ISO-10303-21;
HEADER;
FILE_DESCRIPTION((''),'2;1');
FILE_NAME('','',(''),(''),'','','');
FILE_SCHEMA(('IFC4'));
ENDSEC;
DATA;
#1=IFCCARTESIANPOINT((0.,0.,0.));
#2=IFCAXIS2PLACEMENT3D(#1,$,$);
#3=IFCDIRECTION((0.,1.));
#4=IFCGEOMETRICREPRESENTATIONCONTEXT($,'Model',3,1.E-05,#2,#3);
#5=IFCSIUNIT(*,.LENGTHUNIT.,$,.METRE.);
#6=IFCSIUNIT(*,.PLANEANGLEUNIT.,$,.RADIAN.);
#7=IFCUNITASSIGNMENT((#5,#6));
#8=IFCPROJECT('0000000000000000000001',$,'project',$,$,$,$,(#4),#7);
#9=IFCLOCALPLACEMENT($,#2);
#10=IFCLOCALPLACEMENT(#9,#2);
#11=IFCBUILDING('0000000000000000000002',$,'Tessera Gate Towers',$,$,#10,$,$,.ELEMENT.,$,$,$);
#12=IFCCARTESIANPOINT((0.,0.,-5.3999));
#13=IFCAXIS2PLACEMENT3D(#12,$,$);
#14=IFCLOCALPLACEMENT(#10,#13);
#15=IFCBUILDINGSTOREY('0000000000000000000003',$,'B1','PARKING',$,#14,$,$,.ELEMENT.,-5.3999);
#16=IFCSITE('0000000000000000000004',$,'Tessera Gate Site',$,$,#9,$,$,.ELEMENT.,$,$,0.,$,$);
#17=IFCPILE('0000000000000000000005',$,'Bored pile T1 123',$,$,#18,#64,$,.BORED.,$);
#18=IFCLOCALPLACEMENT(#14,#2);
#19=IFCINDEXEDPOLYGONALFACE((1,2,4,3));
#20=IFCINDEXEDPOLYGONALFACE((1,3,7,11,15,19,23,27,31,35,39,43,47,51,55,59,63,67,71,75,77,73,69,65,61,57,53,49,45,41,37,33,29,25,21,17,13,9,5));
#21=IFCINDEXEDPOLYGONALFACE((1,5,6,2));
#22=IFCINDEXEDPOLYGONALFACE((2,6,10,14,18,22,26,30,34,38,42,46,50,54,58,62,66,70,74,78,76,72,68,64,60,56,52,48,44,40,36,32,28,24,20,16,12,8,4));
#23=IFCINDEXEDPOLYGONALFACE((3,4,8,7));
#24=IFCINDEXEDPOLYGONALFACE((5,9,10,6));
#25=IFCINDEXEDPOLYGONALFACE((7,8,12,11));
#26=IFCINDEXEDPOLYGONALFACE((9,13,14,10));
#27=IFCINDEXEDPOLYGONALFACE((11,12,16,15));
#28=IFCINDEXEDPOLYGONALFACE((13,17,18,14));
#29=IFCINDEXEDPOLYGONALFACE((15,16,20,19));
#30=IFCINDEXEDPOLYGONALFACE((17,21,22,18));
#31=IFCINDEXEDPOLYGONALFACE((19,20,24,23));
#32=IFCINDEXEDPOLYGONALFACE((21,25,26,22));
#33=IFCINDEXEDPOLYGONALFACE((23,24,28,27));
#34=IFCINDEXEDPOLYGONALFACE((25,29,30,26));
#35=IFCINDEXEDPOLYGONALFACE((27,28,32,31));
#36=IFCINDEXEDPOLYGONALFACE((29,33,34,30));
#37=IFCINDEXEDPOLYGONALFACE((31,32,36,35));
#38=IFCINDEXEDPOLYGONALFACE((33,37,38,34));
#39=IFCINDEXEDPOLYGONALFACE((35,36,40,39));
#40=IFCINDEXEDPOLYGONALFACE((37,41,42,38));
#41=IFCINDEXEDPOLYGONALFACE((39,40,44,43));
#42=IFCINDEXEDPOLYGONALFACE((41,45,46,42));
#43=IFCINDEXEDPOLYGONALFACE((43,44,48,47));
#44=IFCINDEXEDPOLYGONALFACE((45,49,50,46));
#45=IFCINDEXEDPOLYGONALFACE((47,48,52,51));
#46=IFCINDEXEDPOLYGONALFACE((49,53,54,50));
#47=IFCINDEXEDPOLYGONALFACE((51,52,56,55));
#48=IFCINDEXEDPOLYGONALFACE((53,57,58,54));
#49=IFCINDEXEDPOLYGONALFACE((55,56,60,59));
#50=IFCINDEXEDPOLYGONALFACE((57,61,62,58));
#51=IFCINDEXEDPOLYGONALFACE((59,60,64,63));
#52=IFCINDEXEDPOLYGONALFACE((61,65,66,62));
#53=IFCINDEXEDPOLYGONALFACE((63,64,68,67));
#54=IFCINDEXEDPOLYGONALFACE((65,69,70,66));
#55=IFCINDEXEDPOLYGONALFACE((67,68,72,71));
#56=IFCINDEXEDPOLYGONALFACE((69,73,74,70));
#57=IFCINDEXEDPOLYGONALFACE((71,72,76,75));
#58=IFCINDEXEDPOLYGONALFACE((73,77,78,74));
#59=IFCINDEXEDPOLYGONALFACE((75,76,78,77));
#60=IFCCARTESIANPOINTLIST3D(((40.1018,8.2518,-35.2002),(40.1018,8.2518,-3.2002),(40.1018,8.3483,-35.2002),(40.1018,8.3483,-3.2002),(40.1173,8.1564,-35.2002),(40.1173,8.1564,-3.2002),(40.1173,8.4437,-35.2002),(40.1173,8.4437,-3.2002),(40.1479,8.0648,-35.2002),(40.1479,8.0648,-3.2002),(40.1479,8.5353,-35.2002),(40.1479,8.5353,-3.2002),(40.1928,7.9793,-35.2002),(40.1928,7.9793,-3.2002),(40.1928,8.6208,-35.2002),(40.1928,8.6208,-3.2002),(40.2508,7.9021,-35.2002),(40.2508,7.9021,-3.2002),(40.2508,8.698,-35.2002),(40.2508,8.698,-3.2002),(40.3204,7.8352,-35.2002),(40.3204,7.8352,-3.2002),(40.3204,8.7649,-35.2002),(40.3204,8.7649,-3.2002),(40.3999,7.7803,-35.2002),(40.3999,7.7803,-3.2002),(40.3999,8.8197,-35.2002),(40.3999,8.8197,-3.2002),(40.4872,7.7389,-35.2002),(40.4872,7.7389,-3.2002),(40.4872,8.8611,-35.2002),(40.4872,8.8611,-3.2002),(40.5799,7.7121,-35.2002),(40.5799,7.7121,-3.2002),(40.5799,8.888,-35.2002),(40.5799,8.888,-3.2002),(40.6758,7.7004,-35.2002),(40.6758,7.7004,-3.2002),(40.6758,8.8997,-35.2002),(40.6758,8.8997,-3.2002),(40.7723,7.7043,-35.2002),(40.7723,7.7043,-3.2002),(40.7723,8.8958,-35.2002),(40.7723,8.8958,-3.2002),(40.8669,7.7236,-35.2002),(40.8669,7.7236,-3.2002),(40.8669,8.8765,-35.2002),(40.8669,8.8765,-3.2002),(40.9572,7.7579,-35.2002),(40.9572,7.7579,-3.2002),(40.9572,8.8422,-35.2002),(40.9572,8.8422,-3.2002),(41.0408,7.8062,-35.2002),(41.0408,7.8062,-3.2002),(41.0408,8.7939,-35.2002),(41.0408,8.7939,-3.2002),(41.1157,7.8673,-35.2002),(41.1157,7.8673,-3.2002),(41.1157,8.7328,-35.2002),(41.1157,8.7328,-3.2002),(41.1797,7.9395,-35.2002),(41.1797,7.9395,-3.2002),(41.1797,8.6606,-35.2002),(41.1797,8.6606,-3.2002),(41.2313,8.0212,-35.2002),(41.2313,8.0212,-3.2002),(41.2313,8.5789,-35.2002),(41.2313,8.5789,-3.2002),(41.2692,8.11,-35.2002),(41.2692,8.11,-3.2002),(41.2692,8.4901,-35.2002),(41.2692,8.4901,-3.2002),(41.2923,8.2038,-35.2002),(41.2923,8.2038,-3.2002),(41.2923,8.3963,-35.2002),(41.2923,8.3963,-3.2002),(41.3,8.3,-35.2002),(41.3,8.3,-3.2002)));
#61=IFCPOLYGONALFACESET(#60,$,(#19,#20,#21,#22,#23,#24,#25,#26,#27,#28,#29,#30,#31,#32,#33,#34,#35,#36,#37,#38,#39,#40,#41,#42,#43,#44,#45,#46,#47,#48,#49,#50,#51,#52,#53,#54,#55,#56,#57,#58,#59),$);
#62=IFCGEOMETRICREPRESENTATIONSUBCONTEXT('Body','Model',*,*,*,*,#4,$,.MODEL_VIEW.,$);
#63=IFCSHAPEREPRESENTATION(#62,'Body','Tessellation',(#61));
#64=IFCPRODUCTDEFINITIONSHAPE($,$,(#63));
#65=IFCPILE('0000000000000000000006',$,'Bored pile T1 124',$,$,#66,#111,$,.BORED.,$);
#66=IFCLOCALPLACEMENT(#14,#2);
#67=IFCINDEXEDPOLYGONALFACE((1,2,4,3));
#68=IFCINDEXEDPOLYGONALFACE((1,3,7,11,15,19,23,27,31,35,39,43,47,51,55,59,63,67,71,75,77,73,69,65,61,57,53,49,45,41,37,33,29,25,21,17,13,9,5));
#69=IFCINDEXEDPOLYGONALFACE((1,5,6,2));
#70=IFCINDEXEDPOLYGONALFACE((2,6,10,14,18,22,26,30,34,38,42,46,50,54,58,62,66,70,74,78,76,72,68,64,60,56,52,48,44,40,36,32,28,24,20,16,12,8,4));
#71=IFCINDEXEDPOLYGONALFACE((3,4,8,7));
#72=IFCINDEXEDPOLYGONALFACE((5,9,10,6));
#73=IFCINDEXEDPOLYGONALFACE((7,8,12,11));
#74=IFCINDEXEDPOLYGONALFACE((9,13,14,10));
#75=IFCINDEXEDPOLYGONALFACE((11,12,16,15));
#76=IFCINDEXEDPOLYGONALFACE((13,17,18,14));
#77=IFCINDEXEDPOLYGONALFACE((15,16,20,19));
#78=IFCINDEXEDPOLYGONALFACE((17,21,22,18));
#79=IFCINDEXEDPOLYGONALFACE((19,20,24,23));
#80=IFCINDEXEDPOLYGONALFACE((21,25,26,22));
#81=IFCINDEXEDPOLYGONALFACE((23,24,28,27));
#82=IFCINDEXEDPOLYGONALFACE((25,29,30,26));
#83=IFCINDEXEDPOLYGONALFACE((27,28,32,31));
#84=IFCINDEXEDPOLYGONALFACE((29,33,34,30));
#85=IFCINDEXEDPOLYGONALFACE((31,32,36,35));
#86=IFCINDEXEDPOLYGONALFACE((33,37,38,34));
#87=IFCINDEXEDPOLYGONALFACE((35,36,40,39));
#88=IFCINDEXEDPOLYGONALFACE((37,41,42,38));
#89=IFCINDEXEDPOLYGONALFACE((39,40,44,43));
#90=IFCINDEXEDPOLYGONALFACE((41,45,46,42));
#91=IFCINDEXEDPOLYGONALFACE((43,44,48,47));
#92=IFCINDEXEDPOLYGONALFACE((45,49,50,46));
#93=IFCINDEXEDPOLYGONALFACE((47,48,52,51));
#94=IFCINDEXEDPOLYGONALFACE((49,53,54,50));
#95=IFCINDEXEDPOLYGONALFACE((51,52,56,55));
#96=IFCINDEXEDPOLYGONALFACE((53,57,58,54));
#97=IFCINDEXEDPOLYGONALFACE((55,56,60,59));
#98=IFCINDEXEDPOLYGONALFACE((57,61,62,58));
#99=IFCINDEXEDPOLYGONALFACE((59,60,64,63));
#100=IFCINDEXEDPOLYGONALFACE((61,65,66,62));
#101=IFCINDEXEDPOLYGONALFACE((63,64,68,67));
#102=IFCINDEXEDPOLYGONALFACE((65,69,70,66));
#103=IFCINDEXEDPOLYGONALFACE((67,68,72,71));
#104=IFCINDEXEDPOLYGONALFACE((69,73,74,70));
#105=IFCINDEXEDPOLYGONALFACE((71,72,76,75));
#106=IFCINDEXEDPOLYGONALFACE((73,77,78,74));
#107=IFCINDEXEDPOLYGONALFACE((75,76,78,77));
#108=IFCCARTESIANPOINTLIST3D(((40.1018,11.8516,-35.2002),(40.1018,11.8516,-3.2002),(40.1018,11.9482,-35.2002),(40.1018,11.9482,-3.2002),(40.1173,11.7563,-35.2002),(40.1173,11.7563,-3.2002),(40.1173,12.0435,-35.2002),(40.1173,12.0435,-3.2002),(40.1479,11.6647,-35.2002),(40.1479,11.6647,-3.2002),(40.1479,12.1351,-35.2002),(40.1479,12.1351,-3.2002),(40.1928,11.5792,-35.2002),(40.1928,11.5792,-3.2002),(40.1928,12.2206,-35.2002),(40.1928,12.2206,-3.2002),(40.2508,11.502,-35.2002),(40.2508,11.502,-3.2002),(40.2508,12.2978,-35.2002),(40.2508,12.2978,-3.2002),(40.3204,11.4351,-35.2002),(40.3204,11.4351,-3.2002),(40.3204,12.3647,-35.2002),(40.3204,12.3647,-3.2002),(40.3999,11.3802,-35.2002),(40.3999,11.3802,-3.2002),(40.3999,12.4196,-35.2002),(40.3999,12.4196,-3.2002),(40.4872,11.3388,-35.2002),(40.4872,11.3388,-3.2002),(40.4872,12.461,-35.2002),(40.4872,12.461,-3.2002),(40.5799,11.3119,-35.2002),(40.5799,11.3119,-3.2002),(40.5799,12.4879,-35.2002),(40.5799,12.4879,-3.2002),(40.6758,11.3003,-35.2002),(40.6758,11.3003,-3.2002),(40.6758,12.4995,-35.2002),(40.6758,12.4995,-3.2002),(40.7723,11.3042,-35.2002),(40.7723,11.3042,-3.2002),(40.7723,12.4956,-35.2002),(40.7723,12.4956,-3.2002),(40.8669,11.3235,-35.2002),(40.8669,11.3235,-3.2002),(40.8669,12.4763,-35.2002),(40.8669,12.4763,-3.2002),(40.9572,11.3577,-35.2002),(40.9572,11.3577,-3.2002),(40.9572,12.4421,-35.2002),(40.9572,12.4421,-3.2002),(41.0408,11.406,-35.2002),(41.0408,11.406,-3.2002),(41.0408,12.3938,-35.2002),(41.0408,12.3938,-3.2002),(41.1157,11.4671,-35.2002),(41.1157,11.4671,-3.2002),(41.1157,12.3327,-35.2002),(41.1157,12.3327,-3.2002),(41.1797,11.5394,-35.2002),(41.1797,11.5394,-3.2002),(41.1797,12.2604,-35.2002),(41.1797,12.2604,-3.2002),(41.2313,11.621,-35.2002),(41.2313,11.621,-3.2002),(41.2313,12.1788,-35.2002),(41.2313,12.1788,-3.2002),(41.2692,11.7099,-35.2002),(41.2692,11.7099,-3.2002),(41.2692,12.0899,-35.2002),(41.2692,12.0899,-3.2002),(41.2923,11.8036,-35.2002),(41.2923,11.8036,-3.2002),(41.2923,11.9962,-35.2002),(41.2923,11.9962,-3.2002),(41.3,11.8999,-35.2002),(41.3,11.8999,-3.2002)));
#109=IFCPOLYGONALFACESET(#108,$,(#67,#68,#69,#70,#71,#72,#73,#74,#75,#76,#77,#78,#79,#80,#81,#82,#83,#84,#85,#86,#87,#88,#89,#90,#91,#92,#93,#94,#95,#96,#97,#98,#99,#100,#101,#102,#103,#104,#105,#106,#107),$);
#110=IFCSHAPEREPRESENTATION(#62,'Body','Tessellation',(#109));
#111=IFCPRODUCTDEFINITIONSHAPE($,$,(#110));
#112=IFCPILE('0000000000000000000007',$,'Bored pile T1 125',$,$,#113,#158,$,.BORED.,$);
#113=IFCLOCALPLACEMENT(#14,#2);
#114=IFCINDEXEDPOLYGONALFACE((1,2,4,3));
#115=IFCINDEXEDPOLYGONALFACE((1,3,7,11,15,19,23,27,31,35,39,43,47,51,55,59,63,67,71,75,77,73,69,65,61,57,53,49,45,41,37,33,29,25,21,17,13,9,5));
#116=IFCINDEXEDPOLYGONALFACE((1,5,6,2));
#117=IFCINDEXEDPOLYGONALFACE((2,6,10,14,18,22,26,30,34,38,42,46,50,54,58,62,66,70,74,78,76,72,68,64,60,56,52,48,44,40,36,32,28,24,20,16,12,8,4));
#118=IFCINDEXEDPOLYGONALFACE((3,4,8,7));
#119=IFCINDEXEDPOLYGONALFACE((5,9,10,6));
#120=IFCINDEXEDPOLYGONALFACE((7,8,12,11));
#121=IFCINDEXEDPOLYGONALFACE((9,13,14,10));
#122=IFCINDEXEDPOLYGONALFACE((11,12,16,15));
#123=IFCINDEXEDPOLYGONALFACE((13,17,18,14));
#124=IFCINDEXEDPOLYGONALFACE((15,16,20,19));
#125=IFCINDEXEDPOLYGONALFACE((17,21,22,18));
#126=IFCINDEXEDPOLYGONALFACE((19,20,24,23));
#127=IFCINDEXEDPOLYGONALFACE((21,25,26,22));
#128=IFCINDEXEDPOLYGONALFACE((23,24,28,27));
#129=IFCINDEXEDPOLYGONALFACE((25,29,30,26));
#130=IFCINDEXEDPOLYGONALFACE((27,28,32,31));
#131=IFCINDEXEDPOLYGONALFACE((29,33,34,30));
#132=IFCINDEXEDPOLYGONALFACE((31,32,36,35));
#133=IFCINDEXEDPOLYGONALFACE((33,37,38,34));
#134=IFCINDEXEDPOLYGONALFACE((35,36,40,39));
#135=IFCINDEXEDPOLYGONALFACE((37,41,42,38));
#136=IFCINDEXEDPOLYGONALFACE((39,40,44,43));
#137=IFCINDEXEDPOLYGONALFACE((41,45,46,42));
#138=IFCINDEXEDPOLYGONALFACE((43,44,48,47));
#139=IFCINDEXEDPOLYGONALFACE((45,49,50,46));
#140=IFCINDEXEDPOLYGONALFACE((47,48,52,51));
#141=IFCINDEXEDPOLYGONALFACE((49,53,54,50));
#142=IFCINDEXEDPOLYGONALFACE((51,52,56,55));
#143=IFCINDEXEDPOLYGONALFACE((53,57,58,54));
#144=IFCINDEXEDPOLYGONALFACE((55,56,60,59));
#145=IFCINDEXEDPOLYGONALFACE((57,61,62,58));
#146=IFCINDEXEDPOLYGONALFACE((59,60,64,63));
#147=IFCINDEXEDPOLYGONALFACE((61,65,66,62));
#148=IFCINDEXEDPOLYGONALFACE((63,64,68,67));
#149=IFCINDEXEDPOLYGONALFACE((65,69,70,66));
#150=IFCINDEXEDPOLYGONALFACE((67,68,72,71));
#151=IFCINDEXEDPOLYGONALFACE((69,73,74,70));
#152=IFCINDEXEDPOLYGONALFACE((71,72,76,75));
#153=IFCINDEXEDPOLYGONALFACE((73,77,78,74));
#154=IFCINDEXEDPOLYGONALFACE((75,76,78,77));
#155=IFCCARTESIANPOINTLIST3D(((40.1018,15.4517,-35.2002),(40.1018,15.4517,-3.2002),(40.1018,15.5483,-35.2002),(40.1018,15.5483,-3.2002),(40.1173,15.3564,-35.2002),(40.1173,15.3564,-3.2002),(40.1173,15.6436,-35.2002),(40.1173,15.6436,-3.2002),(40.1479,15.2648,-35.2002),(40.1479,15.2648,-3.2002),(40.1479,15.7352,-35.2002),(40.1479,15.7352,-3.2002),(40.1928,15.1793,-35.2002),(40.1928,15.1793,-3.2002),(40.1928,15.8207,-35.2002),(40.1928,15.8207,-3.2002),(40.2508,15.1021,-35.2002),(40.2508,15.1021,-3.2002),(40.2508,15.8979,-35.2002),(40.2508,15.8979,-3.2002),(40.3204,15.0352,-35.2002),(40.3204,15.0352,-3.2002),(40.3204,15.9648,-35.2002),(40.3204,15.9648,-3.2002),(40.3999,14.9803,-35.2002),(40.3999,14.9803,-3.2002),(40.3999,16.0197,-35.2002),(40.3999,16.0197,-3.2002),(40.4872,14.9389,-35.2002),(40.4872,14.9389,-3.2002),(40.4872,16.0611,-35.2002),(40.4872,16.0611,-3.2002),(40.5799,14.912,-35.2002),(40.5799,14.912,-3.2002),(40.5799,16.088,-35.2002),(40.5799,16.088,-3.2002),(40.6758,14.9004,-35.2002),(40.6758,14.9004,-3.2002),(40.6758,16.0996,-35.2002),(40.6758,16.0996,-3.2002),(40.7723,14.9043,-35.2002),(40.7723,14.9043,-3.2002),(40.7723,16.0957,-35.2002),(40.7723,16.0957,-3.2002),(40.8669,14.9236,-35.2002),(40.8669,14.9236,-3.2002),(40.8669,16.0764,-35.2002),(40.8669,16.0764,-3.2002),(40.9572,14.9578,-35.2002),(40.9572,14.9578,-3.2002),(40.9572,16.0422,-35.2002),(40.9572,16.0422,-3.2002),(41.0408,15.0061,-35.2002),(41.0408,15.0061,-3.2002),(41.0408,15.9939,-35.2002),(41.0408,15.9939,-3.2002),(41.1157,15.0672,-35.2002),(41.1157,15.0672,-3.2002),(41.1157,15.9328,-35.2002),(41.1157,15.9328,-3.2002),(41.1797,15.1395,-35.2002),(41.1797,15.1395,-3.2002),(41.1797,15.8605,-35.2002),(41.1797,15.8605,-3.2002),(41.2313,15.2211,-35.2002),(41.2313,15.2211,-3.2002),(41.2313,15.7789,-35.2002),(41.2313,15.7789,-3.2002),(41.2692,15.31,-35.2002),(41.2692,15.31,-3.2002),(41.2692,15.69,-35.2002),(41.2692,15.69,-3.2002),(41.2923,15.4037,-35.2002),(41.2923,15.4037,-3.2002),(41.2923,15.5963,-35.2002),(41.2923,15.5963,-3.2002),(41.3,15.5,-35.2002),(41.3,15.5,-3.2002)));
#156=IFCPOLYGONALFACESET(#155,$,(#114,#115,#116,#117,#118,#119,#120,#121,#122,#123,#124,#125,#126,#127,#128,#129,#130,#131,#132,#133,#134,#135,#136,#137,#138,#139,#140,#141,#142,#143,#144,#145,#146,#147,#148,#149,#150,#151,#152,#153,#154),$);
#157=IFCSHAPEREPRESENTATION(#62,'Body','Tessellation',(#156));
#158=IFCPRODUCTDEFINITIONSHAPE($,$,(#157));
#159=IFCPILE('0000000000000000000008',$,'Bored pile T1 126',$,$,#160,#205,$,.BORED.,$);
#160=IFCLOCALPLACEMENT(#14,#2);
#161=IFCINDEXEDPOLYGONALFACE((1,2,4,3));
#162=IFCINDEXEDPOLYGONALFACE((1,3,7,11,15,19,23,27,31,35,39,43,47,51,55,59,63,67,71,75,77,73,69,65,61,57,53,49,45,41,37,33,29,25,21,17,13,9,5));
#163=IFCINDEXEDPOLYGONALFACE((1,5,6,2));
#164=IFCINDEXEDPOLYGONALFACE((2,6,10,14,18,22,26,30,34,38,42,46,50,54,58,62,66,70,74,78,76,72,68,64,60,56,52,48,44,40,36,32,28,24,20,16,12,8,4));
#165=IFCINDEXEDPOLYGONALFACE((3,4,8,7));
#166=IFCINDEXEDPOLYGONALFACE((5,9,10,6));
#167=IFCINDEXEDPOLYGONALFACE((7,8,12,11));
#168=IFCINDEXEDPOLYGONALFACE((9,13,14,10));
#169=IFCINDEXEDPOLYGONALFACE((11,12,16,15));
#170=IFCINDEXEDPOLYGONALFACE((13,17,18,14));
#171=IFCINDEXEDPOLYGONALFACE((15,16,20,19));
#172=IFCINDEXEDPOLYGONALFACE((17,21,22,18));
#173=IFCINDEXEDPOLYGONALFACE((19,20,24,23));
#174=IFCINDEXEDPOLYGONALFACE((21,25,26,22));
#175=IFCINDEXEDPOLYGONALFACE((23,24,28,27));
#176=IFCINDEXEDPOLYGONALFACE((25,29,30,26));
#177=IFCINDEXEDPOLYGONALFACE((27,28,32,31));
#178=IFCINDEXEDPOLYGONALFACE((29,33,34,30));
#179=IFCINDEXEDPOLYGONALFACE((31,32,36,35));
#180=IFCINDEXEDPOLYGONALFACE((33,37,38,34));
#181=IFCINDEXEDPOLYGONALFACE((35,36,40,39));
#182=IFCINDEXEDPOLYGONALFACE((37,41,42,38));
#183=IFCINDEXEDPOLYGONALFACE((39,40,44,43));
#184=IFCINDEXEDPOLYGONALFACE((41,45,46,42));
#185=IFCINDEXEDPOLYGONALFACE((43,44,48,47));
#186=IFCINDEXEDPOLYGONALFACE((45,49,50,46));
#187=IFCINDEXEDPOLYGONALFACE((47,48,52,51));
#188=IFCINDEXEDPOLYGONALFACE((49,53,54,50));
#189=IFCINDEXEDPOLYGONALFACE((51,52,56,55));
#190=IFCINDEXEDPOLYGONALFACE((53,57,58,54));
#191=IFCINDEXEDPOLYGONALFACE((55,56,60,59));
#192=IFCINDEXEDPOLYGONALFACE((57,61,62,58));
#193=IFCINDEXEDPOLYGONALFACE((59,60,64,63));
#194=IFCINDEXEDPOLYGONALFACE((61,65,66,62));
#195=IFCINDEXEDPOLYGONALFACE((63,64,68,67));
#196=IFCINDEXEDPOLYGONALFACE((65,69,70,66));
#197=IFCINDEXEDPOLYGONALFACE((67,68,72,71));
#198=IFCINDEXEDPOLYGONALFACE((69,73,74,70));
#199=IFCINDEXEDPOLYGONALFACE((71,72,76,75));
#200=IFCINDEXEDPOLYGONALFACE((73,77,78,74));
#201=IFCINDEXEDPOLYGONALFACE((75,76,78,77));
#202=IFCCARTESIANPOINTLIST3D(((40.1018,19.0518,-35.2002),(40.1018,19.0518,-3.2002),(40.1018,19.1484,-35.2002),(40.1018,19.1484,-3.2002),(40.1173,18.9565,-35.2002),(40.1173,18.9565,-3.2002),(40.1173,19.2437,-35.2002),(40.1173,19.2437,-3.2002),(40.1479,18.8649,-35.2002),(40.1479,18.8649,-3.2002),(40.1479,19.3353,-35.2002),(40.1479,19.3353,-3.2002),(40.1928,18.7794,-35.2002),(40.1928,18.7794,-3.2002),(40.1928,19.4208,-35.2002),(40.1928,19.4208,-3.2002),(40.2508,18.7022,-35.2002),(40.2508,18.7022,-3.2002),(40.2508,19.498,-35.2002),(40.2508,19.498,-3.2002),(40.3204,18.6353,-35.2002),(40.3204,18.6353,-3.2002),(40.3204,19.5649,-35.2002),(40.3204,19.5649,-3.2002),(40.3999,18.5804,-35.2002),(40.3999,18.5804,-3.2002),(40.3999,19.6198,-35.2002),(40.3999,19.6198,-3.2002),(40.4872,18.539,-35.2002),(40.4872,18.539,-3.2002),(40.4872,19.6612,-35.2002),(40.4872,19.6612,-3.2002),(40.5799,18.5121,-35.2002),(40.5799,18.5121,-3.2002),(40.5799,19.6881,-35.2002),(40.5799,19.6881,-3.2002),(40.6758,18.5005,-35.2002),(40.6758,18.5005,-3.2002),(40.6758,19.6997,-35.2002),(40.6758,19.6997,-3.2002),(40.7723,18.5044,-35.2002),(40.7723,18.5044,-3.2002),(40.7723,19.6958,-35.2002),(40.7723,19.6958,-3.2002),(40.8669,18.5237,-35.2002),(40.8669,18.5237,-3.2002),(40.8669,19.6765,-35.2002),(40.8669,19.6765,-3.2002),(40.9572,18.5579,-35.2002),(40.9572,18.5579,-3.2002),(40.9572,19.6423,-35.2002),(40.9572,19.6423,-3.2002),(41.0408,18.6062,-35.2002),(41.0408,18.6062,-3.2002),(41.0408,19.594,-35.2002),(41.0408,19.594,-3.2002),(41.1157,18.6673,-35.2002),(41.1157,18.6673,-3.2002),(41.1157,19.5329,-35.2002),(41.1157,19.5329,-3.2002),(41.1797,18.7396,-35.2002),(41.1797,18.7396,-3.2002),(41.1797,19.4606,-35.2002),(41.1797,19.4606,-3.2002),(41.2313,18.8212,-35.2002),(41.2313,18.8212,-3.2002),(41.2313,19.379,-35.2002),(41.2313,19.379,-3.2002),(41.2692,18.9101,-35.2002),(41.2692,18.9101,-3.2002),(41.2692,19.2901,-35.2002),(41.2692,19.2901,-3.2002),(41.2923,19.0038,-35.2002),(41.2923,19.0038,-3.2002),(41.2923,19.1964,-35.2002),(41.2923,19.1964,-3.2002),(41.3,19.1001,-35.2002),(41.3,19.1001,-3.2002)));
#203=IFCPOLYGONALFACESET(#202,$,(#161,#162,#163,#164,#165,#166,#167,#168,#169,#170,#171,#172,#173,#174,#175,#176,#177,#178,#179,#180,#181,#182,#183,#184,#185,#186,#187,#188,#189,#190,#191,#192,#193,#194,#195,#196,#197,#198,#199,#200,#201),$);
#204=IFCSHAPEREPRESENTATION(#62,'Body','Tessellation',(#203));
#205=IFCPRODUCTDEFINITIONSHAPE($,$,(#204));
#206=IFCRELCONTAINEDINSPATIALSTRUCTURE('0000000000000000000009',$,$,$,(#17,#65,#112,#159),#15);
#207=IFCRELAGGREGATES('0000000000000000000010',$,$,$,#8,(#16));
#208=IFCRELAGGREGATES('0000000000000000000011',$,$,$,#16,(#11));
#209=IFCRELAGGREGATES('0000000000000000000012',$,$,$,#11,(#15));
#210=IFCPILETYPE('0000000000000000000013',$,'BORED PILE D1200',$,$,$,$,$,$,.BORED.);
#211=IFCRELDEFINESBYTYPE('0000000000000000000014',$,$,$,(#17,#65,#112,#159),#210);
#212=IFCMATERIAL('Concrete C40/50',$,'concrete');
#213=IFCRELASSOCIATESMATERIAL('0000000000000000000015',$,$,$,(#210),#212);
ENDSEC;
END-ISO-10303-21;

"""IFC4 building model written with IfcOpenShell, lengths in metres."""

from ifc_helpers import new_model, si_unit, direction, frame, origin, origin_2d, place, context, subcontext, project, spatial, circle, extrude, material, material_profile, profile_set, type_object, element, save


model = new_model("IFC4")

# Units and contexts
model_context = context("Model", 3, precision=1e-05, world=origin(), true_north=direction((0.0, 1.0)))
body_context = subcontext(model_context, "Body", "Model", "MODEL_VIEW")
ifc_project = project(units=[si_unit("LENGTHUNIT", "METRE"), si_unit("PLANEANGLEUNIT", "RADIAN")], contexts=[model_context])

# Site, building, storey
site_placement = place(None, origin())
site = spatial("IfcSite", under=ifc_project, at=site_placement, Name="Tessera Gate Site", CompositionType="ELEMENT", RefElevation=0.0)
building_placement = place(site_placement, origin())
building = spatial("IfcBuilding", under=site, at=building_placement, Name="Tessera Gate Towers", CompositionType="ELEMENT")
storey_placement = place(building_placement, frame((0.0, 0.0, -5.3999)))
storey = spatial("IfcBuildingStorey", under=building, at=storey_placement, Name="B1", Description="PARKING", CompositionType="ELEMENT", Elevation=-5.3999)

# Piles
ifc_material_1 = material(Name="Concrete C40/50", Category="concrete")
ifc_material_profile_1 = material_profile(ifc_material_1, circle(Radius=0.6001, at=origin_2d()), Name="BORED PILE D1200")
ifc_profile_set_1 = profile_set([ifc_material_profile_1], Name="Concrete C40/50")
pile_type = type_object("IfcPileType", Name="BORED PILE D1200", PredefinedType="BORED", material=ifc_profile_set_1)
for number, where, z_axis, x_axis, name in (
    (1, (40.7, 8.3, -3.2002), (0.0, 0.0, -1.0), (1.0, 0.0, 0.0), "Bored pile T1 123"),
    (2, (40.7, 11.8999, -3.2002), (0.0, 0.0, -1.0), (1.0, 0.0, 0.0), "Bored pile T1 124"),
    (3, (40.7, 15.5, -3.2002), (0.0, 0.0, -1.0), (1.0, 0.0, 0.0), "Bored pile T1 125"),
    (4, (40.7, 19.1001, -3.2002), (0.0, 0.0, -1.0), (1.0, 0.0, 0.0), "Bored pile T1 126"),
):
    element("IfcPile", number, at=place(storey_placement, frame(where, z_axis=z_axis, x_axis=x_axis)), inside=storey, type_object=pile_type, Name=name, PredefinedType="BORED", context=body_context, shape_type="SweptSolid", body=[
        extrude(circle(Radius=0.6001, at=origin_2d()), origin(), (0.0, 0.0, 1.0), 32.0),
    ])

save(model, "model.ifc")
